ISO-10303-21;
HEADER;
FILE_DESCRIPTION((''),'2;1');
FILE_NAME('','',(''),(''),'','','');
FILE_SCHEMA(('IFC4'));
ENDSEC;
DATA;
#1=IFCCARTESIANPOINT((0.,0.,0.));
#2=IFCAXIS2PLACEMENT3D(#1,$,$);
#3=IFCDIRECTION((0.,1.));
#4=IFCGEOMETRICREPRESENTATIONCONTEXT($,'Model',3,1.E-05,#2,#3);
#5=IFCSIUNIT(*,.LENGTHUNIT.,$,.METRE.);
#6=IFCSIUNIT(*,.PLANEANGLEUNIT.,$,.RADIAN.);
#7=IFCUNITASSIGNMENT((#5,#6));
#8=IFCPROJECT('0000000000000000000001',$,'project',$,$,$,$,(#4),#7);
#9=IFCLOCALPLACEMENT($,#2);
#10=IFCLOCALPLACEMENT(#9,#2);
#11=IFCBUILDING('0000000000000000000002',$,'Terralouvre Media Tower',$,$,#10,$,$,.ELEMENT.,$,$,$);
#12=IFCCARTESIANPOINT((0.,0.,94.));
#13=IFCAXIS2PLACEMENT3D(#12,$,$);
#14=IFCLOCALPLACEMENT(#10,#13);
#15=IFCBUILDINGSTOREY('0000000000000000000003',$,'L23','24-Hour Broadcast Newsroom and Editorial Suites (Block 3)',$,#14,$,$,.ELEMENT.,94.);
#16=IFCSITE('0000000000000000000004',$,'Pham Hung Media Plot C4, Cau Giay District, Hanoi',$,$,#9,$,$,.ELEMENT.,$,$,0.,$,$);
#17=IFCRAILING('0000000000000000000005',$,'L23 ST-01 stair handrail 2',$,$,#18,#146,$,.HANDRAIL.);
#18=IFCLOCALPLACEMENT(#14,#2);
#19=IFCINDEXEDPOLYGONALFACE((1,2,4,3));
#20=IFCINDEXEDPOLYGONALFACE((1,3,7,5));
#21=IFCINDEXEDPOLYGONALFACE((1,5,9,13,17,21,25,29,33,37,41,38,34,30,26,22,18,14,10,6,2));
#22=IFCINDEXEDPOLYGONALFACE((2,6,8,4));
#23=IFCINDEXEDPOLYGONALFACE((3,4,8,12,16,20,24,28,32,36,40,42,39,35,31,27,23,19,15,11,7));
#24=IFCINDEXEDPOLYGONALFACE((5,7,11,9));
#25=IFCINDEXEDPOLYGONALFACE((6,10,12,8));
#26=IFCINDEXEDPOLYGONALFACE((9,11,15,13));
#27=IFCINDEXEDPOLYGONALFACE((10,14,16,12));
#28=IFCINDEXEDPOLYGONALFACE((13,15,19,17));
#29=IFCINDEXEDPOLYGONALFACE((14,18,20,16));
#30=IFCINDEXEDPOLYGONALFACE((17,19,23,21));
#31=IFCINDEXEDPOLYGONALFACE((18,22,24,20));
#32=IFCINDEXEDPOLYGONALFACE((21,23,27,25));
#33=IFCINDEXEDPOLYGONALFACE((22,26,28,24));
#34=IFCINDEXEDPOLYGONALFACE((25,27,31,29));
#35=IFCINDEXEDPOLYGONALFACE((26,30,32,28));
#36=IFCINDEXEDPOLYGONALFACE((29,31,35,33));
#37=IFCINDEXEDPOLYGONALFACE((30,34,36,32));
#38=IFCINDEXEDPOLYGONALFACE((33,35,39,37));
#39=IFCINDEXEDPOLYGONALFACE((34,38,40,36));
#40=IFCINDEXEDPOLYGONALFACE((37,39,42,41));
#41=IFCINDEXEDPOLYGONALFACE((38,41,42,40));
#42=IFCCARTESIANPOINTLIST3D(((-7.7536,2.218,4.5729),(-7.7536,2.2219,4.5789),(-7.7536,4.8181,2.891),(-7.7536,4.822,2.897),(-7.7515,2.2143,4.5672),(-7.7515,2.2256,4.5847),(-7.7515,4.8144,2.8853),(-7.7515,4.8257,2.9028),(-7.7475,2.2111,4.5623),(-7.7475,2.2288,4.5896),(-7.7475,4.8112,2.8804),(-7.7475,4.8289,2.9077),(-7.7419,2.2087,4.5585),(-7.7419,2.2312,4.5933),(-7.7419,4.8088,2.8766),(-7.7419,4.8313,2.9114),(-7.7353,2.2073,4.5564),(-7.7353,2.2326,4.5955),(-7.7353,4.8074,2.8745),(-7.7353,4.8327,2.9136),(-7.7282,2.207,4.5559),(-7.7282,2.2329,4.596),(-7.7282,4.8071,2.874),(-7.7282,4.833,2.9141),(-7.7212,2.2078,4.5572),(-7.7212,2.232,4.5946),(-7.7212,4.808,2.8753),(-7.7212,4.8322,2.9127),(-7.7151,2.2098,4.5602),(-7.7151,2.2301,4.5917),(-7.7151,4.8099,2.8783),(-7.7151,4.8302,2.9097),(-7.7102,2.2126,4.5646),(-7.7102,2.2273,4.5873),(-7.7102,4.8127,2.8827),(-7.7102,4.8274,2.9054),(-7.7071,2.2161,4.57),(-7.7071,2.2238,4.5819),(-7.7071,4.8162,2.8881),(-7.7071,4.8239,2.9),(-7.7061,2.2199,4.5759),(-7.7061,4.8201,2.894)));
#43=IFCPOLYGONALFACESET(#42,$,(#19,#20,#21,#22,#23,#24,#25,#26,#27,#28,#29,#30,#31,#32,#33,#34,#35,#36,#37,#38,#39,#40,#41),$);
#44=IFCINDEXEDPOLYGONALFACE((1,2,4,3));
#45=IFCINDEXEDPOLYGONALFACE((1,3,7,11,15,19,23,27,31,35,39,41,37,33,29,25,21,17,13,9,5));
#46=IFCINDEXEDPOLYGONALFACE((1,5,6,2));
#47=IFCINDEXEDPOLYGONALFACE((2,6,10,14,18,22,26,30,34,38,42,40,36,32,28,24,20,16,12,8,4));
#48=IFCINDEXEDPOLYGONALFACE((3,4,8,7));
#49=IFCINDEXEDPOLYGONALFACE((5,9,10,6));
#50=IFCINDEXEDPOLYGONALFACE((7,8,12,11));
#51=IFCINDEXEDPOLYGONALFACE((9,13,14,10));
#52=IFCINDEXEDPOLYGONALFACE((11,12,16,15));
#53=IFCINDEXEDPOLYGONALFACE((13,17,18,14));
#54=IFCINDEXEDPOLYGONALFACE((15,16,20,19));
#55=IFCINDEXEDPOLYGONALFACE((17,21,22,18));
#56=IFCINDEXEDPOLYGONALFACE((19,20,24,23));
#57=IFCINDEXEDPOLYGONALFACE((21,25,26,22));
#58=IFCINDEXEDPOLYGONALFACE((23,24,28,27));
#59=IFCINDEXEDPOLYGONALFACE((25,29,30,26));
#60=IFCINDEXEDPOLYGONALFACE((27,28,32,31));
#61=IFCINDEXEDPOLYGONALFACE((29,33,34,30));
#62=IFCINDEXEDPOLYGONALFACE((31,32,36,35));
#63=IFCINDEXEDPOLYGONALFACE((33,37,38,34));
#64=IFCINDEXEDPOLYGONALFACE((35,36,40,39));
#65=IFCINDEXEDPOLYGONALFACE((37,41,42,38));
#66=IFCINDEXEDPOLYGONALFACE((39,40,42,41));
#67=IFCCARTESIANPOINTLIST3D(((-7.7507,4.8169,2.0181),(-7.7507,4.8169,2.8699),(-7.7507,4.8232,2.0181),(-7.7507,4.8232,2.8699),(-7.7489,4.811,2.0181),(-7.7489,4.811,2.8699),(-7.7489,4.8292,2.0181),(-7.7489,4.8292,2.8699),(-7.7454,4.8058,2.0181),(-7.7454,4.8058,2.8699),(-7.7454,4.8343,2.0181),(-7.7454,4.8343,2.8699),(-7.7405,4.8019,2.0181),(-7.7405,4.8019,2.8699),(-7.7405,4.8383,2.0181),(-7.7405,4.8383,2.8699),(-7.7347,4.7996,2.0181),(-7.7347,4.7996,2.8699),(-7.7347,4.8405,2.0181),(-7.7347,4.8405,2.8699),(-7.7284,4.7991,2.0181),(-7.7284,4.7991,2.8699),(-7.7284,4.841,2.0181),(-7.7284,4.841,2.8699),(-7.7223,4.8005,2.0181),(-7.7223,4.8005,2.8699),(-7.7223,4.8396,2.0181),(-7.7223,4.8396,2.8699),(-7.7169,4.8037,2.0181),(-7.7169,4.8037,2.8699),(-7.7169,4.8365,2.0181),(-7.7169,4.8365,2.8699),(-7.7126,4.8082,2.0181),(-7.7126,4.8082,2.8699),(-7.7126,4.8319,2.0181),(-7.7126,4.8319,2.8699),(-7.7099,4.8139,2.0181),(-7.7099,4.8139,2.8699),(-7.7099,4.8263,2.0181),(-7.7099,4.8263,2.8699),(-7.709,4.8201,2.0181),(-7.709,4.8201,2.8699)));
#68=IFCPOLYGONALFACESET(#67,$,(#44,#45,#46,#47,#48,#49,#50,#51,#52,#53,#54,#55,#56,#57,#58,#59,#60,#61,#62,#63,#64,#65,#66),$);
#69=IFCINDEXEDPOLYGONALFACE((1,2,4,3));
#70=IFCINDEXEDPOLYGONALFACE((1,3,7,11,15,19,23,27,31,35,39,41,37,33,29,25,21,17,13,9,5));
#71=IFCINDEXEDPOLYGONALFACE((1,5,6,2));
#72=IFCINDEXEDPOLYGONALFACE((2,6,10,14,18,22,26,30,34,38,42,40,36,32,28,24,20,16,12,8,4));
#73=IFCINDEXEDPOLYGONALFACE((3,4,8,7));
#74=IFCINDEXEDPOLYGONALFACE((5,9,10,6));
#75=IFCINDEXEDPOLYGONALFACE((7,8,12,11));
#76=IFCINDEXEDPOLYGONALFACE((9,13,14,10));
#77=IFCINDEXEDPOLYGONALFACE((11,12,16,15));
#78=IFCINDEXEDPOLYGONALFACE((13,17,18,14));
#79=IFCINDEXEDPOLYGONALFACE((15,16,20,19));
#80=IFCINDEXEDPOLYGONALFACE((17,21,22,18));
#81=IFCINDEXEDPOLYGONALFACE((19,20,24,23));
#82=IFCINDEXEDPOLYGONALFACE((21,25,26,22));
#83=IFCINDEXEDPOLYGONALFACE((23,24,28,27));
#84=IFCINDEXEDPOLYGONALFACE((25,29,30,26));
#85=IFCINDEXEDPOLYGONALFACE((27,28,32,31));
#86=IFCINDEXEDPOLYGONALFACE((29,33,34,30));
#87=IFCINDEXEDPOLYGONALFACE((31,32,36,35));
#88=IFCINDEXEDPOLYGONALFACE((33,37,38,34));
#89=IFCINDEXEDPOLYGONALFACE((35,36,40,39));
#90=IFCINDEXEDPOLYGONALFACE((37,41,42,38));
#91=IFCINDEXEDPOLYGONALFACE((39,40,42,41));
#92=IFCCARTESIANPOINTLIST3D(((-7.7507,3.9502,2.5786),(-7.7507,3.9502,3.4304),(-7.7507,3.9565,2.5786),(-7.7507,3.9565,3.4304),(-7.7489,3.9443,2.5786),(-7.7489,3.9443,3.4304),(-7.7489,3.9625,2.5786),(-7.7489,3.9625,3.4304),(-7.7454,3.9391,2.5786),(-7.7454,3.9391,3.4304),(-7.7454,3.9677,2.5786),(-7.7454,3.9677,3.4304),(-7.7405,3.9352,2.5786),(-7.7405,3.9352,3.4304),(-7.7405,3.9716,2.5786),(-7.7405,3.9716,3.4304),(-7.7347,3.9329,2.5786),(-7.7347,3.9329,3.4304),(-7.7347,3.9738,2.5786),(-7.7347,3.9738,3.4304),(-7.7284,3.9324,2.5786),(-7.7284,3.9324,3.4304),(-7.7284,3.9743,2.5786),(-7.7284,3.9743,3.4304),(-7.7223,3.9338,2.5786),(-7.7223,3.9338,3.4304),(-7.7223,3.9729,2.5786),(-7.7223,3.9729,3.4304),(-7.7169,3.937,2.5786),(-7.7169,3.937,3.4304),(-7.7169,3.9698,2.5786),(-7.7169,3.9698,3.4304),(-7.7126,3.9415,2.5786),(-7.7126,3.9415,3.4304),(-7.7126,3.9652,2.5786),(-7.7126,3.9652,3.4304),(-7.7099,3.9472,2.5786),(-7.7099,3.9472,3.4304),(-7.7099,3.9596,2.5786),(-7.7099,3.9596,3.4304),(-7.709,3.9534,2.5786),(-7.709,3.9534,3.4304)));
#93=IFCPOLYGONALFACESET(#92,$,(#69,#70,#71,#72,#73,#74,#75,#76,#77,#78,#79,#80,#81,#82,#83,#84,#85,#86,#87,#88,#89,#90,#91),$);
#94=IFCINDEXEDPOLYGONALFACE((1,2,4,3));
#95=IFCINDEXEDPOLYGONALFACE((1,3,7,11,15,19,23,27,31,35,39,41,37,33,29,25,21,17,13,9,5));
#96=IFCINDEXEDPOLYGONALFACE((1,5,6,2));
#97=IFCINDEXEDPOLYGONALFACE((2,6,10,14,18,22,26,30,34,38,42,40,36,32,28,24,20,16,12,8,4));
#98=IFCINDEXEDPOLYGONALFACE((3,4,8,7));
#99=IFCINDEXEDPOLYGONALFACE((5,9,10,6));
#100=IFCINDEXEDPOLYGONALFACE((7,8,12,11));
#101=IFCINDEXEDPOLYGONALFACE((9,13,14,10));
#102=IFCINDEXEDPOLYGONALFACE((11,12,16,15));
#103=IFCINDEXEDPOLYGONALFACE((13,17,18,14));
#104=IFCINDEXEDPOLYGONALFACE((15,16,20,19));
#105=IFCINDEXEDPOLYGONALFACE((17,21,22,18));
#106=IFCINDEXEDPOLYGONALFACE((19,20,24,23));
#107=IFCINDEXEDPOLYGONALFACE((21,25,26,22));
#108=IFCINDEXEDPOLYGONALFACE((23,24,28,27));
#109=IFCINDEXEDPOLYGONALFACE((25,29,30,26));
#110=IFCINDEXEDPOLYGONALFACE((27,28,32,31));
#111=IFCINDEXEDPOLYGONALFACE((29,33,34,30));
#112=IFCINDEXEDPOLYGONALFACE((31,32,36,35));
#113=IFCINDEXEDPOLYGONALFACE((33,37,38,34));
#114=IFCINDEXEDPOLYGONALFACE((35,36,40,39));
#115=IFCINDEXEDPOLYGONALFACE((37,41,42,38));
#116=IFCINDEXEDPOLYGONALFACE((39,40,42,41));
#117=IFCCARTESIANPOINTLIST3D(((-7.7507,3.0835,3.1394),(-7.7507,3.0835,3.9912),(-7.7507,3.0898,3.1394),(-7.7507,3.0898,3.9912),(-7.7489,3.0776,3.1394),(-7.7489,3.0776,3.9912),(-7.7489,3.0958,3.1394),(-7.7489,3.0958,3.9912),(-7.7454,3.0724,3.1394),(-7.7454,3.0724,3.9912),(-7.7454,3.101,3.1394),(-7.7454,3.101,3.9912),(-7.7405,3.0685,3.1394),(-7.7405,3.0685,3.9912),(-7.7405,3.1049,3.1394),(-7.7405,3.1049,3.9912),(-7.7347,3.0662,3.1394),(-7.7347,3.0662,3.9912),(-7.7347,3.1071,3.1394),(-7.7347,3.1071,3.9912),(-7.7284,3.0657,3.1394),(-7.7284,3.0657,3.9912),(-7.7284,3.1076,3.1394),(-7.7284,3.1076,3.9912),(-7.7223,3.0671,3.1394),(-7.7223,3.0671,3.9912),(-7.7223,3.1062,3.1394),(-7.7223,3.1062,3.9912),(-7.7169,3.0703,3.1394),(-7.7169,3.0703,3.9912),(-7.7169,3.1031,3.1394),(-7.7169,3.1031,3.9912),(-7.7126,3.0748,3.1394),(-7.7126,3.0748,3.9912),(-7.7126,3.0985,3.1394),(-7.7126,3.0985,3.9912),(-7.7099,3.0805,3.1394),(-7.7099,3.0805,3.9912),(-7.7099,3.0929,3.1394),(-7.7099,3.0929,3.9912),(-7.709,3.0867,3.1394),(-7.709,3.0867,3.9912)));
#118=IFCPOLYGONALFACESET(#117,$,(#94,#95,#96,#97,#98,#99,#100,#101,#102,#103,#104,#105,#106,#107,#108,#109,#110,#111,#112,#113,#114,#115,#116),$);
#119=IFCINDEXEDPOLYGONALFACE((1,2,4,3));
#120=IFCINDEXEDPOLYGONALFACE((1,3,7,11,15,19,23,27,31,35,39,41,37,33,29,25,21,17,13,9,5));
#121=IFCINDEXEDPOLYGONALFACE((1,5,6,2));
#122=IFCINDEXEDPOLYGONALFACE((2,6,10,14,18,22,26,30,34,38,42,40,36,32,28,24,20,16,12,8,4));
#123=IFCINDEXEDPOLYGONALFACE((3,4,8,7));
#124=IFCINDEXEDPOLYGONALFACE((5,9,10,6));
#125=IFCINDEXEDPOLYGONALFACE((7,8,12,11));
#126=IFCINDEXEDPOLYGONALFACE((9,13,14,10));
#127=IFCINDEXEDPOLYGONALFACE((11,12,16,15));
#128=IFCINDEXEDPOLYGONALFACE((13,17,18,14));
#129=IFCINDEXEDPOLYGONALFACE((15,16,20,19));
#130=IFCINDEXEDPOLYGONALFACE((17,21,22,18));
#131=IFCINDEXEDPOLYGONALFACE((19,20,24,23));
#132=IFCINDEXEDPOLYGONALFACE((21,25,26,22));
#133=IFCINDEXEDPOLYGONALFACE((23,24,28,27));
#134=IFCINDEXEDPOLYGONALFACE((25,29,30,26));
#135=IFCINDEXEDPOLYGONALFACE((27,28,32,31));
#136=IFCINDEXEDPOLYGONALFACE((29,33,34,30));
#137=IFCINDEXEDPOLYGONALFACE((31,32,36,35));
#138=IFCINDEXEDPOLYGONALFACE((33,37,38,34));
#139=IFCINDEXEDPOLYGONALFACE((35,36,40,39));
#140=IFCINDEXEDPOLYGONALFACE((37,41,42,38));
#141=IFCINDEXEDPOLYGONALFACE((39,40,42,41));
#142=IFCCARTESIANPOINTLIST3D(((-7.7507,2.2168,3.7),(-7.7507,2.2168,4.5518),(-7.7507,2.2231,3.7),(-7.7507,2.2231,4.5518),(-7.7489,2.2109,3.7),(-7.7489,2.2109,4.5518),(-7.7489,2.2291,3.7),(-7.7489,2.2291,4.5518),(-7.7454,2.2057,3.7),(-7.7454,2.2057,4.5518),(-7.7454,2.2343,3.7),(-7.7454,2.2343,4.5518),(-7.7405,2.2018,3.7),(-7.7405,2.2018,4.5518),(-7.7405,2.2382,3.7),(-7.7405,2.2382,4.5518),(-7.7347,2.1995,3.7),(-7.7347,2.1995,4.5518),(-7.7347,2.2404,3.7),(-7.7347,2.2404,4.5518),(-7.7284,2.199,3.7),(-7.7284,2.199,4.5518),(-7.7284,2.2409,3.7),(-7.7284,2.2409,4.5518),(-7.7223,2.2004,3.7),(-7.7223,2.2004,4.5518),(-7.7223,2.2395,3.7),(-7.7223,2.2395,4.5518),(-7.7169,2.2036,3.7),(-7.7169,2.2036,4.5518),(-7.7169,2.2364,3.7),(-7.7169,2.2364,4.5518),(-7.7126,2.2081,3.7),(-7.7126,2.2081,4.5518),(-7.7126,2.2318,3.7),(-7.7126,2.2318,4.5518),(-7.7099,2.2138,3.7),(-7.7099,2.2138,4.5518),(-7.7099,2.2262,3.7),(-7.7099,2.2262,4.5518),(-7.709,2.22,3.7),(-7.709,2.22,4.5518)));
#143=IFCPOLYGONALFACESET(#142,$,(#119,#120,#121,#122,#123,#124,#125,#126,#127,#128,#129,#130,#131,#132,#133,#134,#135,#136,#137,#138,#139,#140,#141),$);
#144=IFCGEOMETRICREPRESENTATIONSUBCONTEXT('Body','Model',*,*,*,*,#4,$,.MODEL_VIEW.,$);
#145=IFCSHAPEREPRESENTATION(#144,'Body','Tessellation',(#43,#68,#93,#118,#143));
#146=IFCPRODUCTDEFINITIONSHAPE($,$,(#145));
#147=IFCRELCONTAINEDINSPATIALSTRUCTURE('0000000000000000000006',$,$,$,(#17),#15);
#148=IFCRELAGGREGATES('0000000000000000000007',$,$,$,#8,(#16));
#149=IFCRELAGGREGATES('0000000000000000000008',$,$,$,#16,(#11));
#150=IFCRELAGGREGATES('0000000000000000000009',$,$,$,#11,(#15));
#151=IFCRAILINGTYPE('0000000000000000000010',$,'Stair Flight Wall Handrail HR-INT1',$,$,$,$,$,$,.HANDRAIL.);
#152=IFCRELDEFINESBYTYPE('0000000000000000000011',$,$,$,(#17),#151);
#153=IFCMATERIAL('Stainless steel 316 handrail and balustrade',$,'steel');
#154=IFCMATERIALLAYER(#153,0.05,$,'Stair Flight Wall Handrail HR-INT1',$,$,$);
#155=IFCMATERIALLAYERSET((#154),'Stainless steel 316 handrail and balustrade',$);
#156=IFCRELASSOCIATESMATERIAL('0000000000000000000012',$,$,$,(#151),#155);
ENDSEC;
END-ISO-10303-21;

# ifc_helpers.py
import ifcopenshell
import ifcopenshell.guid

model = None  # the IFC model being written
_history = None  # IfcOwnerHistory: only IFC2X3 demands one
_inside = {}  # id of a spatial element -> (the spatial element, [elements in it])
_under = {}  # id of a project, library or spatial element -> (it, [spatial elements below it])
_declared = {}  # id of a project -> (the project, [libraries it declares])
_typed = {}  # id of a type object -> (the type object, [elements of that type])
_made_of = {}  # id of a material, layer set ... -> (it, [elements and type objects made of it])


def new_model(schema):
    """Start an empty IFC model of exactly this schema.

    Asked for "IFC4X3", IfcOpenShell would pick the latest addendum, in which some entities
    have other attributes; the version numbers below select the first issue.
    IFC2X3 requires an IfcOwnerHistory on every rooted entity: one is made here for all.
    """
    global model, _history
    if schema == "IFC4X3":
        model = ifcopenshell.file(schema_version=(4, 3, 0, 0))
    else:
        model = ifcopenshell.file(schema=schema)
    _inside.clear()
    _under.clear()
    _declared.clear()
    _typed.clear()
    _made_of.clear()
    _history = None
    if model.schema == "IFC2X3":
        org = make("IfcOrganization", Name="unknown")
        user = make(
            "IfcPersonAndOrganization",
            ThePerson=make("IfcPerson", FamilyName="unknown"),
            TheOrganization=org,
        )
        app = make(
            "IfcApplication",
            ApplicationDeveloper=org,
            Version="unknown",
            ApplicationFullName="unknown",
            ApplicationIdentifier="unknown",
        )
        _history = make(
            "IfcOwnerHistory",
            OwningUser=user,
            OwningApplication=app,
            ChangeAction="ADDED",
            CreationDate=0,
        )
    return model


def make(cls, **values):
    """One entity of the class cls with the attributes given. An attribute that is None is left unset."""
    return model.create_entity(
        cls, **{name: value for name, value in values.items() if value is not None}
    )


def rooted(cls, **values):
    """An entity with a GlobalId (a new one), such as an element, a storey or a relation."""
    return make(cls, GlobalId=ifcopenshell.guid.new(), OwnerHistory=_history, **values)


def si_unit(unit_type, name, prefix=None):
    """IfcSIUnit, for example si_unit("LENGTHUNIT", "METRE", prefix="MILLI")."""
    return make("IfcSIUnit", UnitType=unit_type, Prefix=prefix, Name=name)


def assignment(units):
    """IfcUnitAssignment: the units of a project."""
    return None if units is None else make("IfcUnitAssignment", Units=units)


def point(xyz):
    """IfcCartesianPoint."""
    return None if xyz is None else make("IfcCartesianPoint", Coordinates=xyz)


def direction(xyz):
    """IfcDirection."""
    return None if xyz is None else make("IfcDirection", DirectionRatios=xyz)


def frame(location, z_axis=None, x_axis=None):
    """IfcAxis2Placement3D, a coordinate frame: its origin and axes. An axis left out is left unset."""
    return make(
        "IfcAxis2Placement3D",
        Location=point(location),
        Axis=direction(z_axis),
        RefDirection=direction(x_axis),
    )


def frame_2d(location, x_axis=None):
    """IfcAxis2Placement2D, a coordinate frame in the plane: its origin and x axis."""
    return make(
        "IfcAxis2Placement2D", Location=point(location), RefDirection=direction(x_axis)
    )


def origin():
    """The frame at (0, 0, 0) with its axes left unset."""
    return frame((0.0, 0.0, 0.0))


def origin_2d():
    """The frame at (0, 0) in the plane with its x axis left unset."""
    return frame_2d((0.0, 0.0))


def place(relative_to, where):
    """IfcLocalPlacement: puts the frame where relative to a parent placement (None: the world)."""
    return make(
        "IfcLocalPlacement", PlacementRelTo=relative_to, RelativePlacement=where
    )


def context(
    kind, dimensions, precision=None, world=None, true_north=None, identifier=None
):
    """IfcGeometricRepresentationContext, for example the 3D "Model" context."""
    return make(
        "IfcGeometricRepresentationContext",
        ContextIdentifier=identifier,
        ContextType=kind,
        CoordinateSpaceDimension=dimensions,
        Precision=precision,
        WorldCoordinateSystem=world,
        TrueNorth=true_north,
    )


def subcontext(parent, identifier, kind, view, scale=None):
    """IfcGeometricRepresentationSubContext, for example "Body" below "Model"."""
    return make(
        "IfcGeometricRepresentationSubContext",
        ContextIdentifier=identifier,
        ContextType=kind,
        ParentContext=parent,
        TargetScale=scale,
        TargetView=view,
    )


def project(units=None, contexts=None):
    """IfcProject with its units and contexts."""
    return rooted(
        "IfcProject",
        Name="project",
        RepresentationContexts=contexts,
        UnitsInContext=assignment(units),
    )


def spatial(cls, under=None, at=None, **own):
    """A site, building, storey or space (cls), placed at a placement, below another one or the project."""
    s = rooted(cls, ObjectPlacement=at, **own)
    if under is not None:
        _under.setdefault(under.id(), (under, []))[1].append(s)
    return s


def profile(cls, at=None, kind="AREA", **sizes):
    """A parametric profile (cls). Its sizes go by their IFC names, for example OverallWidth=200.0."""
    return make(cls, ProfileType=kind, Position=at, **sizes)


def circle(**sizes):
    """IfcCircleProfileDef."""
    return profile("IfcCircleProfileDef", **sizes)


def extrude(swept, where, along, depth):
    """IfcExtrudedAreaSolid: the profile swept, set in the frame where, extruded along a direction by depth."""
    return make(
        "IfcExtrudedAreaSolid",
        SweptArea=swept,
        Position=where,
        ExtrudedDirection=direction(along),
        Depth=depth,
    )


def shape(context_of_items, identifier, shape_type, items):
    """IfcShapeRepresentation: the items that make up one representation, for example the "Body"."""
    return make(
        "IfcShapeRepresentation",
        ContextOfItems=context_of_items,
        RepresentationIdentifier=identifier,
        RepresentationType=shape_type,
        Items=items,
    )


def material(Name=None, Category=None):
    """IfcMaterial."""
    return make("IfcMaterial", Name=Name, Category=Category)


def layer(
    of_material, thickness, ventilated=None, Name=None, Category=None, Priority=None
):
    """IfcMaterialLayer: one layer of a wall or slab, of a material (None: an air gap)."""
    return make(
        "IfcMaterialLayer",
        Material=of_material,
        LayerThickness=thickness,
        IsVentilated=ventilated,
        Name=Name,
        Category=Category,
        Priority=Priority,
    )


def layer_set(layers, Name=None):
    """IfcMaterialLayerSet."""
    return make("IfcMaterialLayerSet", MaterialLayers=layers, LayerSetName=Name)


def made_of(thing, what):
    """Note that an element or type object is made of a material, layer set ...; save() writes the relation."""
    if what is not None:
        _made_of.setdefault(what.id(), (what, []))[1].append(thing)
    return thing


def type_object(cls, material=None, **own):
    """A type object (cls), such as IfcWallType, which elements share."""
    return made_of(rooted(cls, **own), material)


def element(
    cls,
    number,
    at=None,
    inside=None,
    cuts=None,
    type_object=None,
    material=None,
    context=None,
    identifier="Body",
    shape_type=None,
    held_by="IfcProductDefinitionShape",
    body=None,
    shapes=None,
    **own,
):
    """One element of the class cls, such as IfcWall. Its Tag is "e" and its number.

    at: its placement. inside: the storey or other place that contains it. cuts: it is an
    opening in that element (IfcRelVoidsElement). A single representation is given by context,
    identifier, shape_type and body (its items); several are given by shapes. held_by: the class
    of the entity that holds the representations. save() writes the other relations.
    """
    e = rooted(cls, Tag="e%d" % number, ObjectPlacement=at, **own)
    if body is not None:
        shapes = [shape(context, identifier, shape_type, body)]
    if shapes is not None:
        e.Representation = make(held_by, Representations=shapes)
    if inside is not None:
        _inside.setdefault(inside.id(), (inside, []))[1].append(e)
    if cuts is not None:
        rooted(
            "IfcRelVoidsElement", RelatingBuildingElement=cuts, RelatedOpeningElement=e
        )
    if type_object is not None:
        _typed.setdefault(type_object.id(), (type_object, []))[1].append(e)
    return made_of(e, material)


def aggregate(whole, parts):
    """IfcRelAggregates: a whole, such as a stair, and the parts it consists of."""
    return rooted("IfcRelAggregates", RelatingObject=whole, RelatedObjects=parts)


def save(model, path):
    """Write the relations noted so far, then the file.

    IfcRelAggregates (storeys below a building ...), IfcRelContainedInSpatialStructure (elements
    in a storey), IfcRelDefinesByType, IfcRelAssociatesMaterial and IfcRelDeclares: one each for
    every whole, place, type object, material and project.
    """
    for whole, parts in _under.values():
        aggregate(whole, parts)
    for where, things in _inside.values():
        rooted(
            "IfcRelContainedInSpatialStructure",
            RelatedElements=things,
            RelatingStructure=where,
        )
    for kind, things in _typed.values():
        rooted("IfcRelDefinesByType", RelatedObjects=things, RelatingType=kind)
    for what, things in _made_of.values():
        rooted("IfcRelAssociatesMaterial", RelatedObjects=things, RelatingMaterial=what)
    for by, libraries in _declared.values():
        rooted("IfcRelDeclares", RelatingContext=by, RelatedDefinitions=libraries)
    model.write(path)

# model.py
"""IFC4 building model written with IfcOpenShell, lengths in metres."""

from ifc_helpers import new_model, si_unit, direction, frame, origin, origin_2d, place, context, subcontext, project, spatial, circle, extrude, material, layer, layer_set, type_object, element, save


model = new_model("IFC4")

# Units and contexts
model_context = context("Model", 3, precision=1e-05, world=origin(), true_north=direction((0.0, 1.0)))
body_context = subcontext(model_context, "Body", "Model", "MODEL_VIEW")
ifc_project = project(units=[si_unit("LENGTHUNIT", "METRE"), si_unit("PLANEANGLEUNIT", "RADIAN")], contexts=[model_context])

# Site, building, storey
site_placement = place(None, origin())
site = spatial("IfcSite", under=ifc_project, at=site_placement, Name="Pham Hung Media Plot C4, Cau Giay District, Hanoi", CompositionType="ELEMENT", RefElevation=0.0)
building_placement = place(site_placement, origin())
building = spatial("IfcBuilding", under=site, at=building_placement, Name="Terralouvre Media Tower", CompositionType="ELEMENT")
storey_placement = place(building_placement, frame((0.0, 0.0, 94.0)))
storey = spatial("IfcBuildingStorey", under=building, at=storey_placement, Name="L23", Description="24-Hour Broadcast Newsroom and Editorial Suites (Block 3)", CompositionType="ELEMENT", Elevation=94.0)

# Railing
ifc_material_1 = material(Name="Stainless steel 316 handrail and balustrade", Category="steel")
ifc_layer_1 = layer(ifc_material_1, 0.05, Name="Stair Flight Wall Handrail HR-INT1")
ifc_layer_set_1 = layer_set([ifc_layer_1], Name="Stainless steel 316 handrail and balustrade")
railing_type_1 = type_object("IfcRailingType", Name="Stair Flight Wall Handrail HR-INT1", PredefinedType="HANDRAIL", material=ifc_layer_set_1)
railing_1_placement = place(storey_placement, frame((-7.73, 4.8201, 2.0181)))
element("IfcRailing", 1, at=railing_1_placement, inside=storey, type_object=railing_type_1, Name="L23 ST-01 stair handrail 2", PredefinedType="HANDRAIL", context=body_context, shape_type="SweptSolid", body=[
    extrude(circle(Radius=0.0239, at=origin_2d()), frame((0.0, 0.0, 0.876), z_axis=(0.0, -0.839648, 0.54313), x_axis=(1.0, 0.0, 0.0)), (0.0, 0.0, 1.0), 3.0967),
    extrude(circle(Radius=0.021, at=origin_2d()), origin(), (0.0, 0.0, 1.0), 0.8518),
    extrude(circle(Radius=0.021, at=origin_2d()), frame((0.0, -0.8667, 0.5605)), (0.0, 0.0, 1.0), 0.8518),
    extrude(circle(Radius=0.021, at=origin_2d()), frame((0.0, -1.7334, 1.1213)), (0.0, 0.0, 1.0), 0.8518),
    extrude(circle(Radius=0.021, at=origin_2d()), frame((0.0, -2.6001, 1.6819)), (0.0, 0.0, 1.0), 0.8518),
])

save(model, "model.ifc")
